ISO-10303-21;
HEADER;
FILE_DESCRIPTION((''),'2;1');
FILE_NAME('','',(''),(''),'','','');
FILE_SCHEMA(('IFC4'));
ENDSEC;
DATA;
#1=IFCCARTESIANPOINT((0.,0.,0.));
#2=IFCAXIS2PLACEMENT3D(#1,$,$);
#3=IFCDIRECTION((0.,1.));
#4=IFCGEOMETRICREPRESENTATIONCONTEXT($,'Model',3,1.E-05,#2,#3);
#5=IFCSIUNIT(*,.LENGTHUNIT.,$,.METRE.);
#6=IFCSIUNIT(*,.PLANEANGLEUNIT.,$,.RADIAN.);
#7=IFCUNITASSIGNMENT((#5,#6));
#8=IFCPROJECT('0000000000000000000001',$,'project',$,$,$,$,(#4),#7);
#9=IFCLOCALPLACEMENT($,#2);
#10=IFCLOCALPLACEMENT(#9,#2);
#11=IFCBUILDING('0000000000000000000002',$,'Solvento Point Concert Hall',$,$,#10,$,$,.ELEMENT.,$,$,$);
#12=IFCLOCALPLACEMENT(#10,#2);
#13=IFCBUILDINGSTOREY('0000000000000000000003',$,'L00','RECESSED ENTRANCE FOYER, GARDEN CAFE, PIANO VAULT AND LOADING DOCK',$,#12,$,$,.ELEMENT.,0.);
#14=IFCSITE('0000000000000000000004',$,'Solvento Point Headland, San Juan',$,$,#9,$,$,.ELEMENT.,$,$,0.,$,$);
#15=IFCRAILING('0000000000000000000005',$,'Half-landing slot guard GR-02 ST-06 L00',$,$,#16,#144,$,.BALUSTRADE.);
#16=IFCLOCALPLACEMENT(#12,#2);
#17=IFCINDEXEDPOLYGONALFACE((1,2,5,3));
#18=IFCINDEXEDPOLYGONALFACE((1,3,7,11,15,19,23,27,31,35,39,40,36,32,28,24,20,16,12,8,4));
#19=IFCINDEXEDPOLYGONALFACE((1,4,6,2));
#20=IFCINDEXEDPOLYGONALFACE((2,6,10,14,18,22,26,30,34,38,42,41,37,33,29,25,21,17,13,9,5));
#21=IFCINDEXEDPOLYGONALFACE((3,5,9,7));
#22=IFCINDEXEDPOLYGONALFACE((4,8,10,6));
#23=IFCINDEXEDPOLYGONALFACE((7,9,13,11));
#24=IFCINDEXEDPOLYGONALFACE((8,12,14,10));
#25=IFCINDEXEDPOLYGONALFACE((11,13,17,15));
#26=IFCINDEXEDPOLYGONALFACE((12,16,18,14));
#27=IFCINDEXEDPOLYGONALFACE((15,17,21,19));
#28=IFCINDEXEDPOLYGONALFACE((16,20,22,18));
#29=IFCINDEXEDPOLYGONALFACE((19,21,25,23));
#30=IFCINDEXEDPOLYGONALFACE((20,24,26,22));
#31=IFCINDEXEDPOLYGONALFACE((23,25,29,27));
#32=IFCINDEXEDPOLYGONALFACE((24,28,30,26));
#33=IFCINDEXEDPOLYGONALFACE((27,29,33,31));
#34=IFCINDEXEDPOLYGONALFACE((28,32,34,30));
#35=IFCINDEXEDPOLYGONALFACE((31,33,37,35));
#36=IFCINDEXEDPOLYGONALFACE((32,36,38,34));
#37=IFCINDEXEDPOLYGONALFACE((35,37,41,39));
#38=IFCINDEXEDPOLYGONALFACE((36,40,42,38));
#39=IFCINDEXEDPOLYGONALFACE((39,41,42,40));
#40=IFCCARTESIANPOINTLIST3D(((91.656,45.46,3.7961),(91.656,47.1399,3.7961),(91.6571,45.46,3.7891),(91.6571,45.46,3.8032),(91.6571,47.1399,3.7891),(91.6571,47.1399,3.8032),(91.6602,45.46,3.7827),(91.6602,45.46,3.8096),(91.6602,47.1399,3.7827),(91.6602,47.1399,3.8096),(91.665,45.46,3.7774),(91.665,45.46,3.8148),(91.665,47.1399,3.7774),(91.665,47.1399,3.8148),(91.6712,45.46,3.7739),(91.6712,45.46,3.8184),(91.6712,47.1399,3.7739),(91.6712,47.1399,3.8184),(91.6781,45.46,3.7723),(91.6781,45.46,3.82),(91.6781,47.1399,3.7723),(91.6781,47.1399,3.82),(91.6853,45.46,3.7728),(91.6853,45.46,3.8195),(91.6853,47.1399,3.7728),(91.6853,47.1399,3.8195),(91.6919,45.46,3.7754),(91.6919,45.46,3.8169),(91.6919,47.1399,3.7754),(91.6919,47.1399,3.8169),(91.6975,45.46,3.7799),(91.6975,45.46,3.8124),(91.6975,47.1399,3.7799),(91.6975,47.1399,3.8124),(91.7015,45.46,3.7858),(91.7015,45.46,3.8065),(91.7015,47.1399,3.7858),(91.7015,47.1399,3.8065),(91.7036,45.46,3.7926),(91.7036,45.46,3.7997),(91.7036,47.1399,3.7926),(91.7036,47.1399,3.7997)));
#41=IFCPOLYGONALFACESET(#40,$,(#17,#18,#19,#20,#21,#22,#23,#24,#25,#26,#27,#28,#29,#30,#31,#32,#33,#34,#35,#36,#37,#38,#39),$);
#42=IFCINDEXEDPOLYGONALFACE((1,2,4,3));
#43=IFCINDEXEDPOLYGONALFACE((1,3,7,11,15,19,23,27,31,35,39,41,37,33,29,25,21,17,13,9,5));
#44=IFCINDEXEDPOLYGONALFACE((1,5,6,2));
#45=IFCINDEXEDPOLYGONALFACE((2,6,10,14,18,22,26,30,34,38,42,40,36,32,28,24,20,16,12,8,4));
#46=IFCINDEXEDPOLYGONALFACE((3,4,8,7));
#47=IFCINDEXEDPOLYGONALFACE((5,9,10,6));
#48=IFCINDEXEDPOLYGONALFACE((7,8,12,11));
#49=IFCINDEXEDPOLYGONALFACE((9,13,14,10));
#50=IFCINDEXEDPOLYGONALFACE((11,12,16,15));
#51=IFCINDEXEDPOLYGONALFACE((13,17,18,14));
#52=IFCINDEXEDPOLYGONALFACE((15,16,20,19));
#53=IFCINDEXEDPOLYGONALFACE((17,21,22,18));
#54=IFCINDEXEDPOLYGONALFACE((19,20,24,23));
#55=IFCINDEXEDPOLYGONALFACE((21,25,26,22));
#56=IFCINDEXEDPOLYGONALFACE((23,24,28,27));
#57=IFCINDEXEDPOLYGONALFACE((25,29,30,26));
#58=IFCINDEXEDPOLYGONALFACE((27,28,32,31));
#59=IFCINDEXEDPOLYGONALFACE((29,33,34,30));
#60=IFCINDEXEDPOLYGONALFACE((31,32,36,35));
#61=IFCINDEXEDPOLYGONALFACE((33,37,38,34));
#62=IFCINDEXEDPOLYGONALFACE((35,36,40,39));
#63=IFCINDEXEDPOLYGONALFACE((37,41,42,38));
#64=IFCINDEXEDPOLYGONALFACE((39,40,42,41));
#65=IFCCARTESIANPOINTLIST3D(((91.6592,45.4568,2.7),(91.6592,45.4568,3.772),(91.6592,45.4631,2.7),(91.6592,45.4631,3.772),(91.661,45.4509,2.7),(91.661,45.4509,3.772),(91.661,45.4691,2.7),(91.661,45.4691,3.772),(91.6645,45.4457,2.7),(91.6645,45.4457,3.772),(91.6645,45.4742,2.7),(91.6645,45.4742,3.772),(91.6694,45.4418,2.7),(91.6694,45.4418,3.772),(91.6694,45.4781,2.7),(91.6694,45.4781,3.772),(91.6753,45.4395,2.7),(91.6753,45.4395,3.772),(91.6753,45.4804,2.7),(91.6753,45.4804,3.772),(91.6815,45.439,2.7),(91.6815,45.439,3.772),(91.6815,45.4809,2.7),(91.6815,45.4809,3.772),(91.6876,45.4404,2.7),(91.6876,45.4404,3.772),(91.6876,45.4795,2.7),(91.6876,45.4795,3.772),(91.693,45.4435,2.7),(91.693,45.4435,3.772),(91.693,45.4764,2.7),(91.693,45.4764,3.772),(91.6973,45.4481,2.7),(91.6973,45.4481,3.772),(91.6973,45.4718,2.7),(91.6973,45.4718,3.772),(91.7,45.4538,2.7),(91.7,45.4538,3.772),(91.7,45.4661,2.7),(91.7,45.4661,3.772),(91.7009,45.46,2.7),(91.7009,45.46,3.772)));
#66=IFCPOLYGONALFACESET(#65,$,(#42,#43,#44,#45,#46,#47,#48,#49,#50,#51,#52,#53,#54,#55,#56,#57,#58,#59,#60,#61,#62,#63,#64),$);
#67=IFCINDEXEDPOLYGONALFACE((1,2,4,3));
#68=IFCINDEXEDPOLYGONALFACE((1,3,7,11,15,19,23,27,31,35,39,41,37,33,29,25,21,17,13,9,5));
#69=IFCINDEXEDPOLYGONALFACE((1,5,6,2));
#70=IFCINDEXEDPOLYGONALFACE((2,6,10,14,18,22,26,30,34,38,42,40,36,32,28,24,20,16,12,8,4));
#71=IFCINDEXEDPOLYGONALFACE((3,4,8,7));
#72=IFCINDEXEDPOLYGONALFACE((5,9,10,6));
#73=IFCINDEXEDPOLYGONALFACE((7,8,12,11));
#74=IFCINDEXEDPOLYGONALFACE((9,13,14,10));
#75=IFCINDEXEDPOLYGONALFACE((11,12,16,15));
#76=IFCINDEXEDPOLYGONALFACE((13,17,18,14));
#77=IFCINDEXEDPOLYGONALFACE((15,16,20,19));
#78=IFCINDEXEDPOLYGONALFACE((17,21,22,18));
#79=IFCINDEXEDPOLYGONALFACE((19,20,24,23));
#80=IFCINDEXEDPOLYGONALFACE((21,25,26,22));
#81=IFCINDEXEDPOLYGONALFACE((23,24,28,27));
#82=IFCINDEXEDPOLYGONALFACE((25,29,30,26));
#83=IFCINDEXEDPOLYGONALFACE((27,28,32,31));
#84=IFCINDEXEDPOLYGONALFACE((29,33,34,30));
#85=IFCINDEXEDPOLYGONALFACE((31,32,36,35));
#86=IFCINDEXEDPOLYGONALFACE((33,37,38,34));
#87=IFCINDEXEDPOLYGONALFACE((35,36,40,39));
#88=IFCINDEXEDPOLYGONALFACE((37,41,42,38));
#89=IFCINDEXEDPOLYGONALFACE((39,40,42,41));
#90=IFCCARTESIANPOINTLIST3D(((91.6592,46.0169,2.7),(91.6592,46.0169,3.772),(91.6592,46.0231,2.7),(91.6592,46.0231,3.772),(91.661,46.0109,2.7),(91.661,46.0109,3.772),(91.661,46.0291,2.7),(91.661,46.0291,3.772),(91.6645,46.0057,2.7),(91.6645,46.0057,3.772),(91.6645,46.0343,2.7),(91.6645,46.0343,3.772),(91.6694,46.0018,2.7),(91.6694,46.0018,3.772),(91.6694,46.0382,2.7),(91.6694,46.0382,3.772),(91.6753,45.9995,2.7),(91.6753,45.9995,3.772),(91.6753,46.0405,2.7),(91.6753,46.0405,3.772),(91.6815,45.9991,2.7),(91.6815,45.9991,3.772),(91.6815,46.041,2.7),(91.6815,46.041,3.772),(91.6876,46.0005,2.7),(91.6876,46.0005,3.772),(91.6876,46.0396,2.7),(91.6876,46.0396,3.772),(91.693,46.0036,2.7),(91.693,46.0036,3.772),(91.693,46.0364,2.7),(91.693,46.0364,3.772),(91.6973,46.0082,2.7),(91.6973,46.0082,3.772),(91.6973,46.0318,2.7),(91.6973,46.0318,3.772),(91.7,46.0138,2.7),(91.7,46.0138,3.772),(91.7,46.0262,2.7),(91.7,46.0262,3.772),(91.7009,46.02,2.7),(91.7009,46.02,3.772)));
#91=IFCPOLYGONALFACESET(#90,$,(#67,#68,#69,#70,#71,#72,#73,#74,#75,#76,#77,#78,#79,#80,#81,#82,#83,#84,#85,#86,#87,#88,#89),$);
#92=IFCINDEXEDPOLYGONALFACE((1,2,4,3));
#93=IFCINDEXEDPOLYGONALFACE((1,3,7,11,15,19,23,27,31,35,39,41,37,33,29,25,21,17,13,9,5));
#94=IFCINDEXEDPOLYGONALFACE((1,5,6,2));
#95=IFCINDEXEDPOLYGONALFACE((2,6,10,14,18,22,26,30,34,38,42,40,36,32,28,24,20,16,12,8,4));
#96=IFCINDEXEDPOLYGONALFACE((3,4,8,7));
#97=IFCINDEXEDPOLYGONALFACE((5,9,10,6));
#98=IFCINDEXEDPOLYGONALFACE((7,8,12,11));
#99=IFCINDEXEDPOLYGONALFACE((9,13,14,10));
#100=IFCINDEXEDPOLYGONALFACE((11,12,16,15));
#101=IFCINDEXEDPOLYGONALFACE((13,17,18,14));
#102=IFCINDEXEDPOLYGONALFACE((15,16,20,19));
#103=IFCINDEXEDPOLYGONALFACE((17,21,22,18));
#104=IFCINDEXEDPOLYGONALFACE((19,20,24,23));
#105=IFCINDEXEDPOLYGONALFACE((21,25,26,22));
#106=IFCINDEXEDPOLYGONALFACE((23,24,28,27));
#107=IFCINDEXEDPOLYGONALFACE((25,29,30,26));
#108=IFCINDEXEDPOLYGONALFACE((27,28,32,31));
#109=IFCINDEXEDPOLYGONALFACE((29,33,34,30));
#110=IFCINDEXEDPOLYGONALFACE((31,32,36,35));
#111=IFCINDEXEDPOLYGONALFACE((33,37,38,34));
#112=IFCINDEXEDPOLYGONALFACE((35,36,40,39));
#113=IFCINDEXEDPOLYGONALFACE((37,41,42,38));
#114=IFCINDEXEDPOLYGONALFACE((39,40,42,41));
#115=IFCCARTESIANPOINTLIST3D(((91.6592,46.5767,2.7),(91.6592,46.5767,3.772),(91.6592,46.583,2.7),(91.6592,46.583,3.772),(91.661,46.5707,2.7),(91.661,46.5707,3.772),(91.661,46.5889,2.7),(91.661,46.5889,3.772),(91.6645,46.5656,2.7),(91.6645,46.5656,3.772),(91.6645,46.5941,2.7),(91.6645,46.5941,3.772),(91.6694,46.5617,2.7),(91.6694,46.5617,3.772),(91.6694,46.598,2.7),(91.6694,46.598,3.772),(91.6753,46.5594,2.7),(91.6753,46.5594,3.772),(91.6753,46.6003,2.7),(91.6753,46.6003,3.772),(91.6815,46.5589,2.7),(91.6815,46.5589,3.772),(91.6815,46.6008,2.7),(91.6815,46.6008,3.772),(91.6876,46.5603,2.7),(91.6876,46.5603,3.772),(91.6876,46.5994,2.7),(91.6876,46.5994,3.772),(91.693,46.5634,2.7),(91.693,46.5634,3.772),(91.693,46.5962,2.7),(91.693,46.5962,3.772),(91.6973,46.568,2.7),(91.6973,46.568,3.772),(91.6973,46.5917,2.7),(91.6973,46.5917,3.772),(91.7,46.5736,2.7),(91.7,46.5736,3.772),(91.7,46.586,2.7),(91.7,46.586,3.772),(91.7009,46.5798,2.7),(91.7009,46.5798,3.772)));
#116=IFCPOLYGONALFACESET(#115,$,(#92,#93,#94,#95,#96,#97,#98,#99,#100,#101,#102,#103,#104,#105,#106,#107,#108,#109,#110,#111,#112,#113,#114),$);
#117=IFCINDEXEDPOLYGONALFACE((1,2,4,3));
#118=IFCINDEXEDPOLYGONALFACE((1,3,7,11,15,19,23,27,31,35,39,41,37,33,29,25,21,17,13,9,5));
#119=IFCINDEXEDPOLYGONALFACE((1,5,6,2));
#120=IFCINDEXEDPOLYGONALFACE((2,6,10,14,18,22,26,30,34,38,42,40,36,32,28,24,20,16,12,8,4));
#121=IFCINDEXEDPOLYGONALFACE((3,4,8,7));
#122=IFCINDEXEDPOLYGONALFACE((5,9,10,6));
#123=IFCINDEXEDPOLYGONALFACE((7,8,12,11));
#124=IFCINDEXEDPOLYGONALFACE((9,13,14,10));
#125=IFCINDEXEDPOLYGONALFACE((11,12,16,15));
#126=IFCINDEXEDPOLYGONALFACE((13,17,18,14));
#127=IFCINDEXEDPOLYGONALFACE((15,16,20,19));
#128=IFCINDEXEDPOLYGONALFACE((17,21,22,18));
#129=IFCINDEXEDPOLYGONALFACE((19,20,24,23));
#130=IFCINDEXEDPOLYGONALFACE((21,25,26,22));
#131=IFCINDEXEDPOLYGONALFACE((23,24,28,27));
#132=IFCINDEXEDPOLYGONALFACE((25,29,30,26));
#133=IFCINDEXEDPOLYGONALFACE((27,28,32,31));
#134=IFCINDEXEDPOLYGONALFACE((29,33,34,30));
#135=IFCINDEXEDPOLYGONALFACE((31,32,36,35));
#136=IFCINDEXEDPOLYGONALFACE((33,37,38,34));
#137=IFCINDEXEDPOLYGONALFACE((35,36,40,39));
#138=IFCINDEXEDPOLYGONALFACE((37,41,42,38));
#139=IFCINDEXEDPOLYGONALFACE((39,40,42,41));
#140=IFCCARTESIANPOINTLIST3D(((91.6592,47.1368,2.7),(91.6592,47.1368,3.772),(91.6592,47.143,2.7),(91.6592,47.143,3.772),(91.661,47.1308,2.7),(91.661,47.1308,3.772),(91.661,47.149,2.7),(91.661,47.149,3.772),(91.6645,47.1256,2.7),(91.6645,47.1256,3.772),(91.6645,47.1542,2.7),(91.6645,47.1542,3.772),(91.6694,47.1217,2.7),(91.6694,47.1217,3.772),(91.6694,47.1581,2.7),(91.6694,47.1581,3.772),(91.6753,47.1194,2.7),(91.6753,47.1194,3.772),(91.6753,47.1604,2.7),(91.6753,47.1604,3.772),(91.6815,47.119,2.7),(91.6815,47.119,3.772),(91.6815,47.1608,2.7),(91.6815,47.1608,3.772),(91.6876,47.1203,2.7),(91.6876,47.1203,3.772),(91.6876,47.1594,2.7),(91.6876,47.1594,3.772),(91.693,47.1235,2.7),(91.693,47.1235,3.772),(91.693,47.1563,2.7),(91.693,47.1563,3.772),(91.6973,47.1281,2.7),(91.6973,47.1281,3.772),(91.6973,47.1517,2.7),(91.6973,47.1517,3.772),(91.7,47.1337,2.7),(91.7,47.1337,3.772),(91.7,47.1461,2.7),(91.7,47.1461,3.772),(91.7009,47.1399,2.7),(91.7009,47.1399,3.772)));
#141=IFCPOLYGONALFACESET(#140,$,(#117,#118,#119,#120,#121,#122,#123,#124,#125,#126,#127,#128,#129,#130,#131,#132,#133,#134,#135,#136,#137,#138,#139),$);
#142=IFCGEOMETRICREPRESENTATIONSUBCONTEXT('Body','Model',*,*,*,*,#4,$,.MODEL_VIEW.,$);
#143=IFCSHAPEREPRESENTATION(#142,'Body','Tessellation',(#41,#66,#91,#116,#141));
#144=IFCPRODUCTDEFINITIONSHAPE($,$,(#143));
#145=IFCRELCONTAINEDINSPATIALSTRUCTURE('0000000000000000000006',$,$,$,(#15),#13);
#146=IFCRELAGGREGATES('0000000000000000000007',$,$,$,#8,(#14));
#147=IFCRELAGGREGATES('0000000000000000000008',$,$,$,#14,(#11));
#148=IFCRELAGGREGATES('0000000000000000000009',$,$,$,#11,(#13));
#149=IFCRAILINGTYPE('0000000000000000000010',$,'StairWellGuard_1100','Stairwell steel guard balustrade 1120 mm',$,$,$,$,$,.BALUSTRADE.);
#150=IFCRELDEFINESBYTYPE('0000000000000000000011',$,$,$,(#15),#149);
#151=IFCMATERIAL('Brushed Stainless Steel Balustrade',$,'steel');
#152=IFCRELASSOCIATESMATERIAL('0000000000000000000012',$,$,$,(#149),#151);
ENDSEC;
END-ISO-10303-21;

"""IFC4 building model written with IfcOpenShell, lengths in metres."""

from ifc_helpers import new_model, si_unit, direction, frame, origin, origin_2d, place, context, subcontext, project, spatial, circle, extrude, material, type_object, element, save


model = new_model("IFC4")

# Units and contexts
model_context = context("Model", 3, precision=1e-05, world=origin(), true_north=direction((0.0, 1.0)))
body_context = subcontext(model_context, "Body", "Model", "MODEL_VIEW")
ifc_project = project(units=[si_unit("LENGTHUNIT", "METRE"), si_unit("PLANEANGLEUNIT", "RADIAN")], contexts=[model_context])

# Site, building, storey
site_placement = place(None, origin())
site = spatial("IfcSite", under=ifc_project, at=site_placement, Name="Solvento Point Headland, San Juan", CompositionType="ELEMENT", RefElevation=0.0)
building_placement = place(site_placement, origin())
building = spatial("IfcBuilding", under=site, at=building_placement, Name="Solvento Point Concert Hall", CompositionType="ELEMENT")
storey_placement = place(building_placement, origin())
storey = spatial("IfcBuildingStorey", under=building, at=storey_placement, Name="L00", Description="RECESSED ENTRANCE FOYER, GARDEN CAFE, PIANO VAULT AND LOADING DOCK", CompositionType="ELEMENT", Elevation=0.0)

# Railing
ifc_material_1 = material(Name="Brushed Stainless Steel Balustrade", Category="steel")
railing_type_1 = type_object("IfcRailingType", Name="StairWellGuard_1100", Description="Stairwell steel guard balustrade 1120 mm", PredefinedType="BALUSTRADE", material=ifc_material_1)
railing_1_placement = place(storey_placement, frame((91.6799, 45.46, 2.7)))
element("IfcRailing", 1, at=railing_1_placement, inside=storey, type_object=railing_type_1, Name="Half-landing slot guard GR-02 ST-06 L00", PredefinedType="BALUSTRADE", context=body_context, shape_type="SweptSolid", body=[
    extrude(circle(Radius=0.0239, at=origin_2d()), frame((0.0, 0.0, 1.0962), z_axis=(0.0, 1.0, 0.0), x_axis=(-1.0, 0.0, 0.0)), (0.0, 0.0, 1.0), 1.6799),
    extrude(circle(Radius=0.021, at=origin_2d()), origin(), (0.0, 0.0, 1.0), 1.072),
    extrude(circle(Radius=0.021, at=origin_2d()), frame((0.0, 0.5601, 0.0)), (0.0, 0.0, 1.0), 1.072),
    extrude(circle(Radius=0.021, at=origin_2d()), frame((0.0, 1.1199, 0.0)), (0.0, 0.0, 1.0), 1.072),
    extrude(circle(Radius=0.021, at=origin_2d()), frame((0.0, 1.6799, 0.0)), (0.0, 0.0, 1.0), 1.072),
])

save(model, "model.ifc")
